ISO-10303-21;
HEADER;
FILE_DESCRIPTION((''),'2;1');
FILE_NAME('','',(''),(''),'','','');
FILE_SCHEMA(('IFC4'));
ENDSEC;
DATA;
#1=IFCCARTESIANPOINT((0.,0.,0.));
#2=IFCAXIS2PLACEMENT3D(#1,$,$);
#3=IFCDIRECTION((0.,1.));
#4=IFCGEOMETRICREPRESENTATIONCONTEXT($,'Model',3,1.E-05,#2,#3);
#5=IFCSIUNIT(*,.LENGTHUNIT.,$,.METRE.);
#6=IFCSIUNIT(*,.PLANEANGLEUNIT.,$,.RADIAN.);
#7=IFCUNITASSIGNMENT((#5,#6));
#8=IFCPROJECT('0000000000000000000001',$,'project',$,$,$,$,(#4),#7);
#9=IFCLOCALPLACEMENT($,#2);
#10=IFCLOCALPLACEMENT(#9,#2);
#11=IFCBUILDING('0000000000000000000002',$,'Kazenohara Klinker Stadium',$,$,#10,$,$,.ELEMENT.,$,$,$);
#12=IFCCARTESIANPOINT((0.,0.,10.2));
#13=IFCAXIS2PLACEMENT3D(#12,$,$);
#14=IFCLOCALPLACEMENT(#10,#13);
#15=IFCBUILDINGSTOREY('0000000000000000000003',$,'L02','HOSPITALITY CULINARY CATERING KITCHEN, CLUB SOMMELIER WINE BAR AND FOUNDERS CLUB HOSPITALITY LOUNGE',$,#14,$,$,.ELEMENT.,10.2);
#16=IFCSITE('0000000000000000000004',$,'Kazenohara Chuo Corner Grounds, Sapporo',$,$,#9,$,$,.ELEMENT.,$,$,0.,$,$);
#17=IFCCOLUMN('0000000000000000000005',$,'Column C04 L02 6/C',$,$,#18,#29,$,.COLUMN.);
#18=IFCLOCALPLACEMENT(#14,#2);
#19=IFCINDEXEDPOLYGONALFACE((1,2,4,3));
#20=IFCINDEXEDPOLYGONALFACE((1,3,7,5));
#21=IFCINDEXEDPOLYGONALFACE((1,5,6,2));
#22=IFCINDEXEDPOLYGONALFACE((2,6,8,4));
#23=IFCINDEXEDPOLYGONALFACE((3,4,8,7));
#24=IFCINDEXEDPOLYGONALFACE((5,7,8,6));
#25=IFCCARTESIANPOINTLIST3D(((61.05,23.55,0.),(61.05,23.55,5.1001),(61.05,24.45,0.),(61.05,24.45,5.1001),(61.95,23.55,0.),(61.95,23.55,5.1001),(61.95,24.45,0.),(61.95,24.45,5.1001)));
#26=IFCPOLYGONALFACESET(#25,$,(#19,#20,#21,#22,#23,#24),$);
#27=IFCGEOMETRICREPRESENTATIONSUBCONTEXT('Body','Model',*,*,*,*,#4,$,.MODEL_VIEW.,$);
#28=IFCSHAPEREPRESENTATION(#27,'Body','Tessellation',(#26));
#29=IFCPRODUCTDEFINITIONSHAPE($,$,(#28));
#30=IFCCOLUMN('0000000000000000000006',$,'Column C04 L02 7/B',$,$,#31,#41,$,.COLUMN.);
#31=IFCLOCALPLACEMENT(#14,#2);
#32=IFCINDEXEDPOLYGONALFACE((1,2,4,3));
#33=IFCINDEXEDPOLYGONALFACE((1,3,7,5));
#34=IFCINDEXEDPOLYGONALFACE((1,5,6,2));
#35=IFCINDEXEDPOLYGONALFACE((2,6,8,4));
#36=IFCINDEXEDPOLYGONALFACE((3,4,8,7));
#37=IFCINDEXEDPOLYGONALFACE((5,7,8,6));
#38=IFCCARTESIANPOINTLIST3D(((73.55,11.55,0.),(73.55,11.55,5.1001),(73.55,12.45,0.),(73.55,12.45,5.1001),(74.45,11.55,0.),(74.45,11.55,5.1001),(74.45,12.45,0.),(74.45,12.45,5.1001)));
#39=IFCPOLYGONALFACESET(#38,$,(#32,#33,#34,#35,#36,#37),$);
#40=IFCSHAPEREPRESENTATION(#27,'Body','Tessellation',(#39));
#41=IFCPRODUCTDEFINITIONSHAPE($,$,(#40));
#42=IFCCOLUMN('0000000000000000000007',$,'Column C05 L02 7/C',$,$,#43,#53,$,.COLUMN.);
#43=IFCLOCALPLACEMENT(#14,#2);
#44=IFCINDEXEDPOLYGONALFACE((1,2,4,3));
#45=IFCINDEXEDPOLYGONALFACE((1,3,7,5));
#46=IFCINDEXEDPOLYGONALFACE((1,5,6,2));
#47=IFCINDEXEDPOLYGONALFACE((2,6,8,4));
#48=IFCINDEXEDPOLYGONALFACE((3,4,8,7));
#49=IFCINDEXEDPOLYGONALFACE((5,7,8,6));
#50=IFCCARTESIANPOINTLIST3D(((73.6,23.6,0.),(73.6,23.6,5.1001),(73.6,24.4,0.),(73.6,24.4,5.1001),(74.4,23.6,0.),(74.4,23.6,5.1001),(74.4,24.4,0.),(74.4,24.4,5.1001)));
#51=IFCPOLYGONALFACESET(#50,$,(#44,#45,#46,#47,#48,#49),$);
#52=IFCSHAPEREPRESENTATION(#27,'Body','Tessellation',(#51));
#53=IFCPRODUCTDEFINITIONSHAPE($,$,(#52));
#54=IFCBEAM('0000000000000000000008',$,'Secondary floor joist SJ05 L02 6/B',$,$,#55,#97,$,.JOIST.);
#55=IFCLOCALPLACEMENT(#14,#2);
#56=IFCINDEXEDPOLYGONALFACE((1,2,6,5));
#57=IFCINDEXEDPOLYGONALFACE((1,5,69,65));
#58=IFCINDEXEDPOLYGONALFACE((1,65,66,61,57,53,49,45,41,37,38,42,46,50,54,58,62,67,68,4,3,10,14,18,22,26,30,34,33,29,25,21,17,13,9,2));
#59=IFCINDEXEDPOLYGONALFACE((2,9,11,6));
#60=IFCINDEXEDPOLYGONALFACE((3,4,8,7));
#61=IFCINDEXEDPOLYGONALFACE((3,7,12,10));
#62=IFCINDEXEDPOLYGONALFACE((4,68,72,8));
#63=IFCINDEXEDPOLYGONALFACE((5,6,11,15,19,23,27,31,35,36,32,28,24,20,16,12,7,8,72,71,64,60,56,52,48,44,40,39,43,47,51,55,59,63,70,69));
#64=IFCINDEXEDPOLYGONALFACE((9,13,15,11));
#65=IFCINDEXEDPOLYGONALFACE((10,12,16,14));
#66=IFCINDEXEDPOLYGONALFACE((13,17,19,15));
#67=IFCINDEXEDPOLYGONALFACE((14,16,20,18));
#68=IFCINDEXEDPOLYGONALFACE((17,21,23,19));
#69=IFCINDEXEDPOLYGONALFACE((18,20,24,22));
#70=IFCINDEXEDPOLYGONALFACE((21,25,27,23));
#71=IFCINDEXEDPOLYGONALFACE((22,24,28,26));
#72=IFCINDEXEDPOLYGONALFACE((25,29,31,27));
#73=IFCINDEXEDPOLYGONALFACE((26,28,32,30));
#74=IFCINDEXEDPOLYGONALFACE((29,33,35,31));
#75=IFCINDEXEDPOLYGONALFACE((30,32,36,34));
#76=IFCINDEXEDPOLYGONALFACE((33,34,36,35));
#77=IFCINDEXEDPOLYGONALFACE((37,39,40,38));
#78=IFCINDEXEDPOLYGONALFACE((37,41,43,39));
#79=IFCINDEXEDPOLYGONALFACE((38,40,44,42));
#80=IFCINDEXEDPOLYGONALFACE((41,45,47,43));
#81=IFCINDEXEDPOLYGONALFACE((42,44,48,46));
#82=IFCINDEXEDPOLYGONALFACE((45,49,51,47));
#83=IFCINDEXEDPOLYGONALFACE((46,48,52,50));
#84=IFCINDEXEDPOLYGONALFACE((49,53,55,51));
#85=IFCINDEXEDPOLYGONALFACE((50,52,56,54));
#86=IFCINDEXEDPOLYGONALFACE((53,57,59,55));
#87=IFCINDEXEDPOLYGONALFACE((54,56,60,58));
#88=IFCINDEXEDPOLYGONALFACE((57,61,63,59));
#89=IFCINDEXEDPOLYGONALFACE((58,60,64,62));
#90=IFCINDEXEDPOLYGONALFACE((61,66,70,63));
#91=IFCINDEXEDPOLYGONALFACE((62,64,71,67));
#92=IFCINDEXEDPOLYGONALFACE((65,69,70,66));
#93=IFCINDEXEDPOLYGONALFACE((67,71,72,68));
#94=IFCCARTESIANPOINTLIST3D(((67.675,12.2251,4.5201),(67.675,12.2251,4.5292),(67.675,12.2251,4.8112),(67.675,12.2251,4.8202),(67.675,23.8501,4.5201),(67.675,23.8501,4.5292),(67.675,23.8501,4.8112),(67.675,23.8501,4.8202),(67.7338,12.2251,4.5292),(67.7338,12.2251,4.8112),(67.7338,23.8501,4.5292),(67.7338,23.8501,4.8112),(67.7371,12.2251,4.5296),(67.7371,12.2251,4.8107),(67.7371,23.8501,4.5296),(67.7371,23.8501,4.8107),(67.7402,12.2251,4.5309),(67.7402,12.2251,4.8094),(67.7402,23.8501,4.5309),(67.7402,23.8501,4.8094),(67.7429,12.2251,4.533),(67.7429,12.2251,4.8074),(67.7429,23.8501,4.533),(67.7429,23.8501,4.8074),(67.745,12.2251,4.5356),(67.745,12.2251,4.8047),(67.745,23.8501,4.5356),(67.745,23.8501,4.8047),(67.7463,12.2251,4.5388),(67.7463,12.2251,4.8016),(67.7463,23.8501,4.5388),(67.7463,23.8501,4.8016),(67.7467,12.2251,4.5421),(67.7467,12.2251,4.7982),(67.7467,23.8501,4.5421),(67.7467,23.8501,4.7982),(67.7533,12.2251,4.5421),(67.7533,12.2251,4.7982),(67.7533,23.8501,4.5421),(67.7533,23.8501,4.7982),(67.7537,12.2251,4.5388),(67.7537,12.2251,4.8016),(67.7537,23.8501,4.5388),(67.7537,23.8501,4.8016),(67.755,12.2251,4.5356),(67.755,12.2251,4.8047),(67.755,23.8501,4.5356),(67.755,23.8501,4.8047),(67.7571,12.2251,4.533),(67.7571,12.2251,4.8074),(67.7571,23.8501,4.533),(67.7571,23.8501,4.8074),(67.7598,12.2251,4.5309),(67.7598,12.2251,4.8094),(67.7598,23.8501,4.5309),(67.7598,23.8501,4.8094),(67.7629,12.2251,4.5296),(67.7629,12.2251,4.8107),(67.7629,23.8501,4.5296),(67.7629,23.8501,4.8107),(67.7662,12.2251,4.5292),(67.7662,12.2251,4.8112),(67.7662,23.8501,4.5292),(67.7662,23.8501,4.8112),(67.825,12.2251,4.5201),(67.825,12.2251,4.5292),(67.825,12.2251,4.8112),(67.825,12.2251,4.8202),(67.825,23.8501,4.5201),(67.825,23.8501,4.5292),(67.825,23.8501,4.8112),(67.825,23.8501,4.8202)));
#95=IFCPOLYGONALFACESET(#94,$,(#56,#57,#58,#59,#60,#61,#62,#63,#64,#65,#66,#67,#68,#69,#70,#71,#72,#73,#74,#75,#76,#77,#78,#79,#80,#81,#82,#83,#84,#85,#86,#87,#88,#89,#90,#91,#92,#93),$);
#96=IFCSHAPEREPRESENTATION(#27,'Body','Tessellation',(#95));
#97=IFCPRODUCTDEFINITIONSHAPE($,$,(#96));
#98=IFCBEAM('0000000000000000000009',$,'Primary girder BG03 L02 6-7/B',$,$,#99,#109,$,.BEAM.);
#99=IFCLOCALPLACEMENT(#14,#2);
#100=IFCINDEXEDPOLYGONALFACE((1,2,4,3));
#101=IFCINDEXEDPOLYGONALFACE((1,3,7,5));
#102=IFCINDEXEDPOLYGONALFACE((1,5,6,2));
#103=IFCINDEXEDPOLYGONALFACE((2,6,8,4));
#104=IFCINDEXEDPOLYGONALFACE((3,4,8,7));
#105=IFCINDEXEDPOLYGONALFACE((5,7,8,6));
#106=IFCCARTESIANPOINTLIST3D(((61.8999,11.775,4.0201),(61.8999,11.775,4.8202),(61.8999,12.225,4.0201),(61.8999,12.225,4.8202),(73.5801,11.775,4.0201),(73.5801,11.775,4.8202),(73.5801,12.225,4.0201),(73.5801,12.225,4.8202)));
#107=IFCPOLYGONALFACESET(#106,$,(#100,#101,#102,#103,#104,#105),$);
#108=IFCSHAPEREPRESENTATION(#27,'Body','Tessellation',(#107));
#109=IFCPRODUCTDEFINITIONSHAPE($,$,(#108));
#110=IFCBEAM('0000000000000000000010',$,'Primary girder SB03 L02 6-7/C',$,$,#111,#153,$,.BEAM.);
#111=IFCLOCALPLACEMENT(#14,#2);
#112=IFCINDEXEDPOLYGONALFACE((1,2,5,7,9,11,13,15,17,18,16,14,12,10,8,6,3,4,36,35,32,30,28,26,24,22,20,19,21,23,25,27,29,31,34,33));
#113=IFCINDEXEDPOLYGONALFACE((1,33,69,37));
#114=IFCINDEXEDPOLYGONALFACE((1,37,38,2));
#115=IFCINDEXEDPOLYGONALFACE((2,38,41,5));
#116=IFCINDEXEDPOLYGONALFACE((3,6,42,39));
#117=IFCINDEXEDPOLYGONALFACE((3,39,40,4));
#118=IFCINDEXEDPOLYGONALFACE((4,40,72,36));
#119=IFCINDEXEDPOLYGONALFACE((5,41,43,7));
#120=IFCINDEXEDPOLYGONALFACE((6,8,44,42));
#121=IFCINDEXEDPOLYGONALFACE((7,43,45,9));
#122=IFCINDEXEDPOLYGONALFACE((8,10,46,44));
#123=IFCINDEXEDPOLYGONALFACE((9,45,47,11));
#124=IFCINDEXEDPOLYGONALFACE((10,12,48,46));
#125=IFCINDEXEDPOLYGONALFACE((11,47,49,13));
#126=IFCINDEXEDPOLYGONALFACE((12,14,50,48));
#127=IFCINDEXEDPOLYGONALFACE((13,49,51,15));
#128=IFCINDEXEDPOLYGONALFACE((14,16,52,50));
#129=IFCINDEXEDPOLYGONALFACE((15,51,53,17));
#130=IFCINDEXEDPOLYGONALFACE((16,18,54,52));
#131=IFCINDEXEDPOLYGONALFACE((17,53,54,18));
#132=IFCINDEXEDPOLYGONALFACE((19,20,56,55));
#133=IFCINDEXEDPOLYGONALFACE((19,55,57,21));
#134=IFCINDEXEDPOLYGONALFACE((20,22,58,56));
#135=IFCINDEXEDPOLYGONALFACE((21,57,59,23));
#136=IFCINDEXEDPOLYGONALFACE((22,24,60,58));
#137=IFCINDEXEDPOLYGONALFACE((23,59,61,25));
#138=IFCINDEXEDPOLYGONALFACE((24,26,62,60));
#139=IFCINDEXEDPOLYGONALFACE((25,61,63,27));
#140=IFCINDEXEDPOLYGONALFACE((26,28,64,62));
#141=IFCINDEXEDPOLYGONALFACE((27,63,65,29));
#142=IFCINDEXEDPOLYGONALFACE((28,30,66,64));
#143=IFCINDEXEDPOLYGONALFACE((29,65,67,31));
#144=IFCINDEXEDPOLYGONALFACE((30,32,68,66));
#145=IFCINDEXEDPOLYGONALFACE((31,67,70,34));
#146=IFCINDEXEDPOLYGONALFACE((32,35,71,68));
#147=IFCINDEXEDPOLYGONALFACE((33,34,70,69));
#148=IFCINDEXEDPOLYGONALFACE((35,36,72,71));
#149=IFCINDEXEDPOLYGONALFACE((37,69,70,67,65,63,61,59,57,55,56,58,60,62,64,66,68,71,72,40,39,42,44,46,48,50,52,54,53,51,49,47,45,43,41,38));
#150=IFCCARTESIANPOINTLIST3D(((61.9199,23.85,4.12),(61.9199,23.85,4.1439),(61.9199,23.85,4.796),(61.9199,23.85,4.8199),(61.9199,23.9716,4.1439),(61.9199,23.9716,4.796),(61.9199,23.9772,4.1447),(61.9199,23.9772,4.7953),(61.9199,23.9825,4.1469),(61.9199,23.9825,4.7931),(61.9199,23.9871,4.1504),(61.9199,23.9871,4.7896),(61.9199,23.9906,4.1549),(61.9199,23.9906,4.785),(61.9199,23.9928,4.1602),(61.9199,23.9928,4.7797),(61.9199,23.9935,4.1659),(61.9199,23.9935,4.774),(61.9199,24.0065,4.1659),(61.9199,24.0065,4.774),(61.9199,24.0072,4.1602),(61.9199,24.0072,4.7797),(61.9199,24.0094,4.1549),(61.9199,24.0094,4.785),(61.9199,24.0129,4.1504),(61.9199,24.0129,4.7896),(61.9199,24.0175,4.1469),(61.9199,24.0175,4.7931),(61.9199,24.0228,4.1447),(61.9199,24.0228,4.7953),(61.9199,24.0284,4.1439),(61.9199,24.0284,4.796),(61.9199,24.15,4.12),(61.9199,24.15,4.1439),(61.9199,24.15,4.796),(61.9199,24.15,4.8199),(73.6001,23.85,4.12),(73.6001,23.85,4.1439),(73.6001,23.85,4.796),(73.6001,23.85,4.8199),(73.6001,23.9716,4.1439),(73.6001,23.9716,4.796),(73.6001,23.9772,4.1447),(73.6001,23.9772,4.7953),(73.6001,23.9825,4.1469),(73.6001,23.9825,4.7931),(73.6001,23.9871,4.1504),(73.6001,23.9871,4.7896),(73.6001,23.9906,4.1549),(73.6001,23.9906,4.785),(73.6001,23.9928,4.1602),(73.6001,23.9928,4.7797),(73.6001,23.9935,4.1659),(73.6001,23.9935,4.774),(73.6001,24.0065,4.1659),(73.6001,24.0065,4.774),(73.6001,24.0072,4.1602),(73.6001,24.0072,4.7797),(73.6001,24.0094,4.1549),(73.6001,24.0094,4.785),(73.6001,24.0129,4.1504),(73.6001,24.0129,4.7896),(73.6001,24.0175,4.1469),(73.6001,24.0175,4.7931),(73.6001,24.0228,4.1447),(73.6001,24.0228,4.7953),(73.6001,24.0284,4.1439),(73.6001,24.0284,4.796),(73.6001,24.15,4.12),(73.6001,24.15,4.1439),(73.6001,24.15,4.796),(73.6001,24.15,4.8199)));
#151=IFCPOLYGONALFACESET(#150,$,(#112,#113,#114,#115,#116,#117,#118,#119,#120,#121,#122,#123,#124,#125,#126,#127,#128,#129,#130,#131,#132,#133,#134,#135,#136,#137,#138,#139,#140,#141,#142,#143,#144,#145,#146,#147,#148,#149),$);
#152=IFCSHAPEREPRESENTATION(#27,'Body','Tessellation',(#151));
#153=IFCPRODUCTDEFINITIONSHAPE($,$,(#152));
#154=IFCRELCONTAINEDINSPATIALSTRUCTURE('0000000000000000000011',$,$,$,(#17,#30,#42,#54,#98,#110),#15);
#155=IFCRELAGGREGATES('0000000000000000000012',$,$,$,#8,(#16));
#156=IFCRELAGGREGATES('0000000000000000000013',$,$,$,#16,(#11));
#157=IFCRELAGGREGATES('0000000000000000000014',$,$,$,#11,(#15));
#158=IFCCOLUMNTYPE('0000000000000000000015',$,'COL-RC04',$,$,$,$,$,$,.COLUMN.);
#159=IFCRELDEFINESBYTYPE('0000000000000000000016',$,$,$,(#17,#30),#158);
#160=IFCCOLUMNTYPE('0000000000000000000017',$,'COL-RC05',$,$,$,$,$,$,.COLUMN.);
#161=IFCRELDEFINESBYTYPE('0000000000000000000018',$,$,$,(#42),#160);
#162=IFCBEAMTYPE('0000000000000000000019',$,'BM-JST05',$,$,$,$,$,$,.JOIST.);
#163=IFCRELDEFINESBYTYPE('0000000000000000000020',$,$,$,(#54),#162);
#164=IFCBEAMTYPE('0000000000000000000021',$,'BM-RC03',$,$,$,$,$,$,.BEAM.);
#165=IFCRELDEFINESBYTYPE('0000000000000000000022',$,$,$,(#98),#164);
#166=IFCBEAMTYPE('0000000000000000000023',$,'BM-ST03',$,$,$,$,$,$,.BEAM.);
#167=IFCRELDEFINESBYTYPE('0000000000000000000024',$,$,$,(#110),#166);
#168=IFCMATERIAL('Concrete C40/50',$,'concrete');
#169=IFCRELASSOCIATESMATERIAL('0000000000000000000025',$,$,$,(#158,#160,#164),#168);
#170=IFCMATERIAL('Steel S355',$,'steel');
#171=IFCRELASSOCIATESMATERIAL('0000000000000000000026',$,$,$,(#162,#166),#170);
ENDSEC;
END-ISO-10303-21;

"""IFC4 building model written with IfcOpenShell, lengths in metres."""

from ifc_helpers import new_model, si_unit, direction, frame, origin, origin_2d, place, context, subcontext, project, spatial, rectangle, i_section, extrude, material, material_profile, profile_set, type_object, element, save


model = new_model("IFC4")

# Units and contexts
model_context = context("Model", 3, precision=1e-05, world=origin(), true_north=direction((0.0, 1.0)))
body_context = subcontext(model_context, "Body", "Model", "MODEL_VIEW")
ifc_project = project(units=[si_unit("LENGTHUNIT", "METRE"), si_unit("PLANEANGLEUNIT", "RADIAN")], contexts=[model_context])

# Site, building, storey
site_placement = place(None, origin())
site = spatial("IfcSite", under=ifc_project, at=site_placement, Name="Kazenohara Chuo Corner Grounds, Sapporo", CompositionType="ELEMENT", RefElevation=0.0)
building_placement = place(site_placement, origin())
building = spatial("IfcBuilding", under=site, at=building_placement, Name="Kazenohara Klinker Stadium", CompositionType="ELEMENT")
storey_placement = place(building_placement, frame((0.0, 0.0, 10.2)))
storey = spatial("IfcBuildingStorey", under=building, at=storey_placement, Name="L02", Description="HOSPITALITY CULINARY CATERING KITCHEN, CLUB SOMMELIER WINE BAR AND FOUNDERS CLUB HOSPITALITY LOUNGE", CompositionType="ELEMENT", Elevation=10.2)

# Columns
ifc_material_1 = material(Name="Concrete C40/50", Category="concrete")
ifc_material_profile_1 = material_profile(ifc_material_1, rectangle(XDim=0.8999, YDim=0.8999, at=origin_2d()), Name="RC-COL-900x900")
ifc_profile_set_1 = profile_set([ifc_material_profile_1], Name="Concrete C40/50")
column_type_1 = type_object("IfcColumnType", Name="COL-RC04", PredefinedType="COLUMN", material=ifc_profile_set_1)
for number, where, z_axis, x_axis, name in (
    (1, (61.5, 24.0, 0.0), (0.0, 0.0, 1.0), (1.0, 0.0, 0.0), "Column C04 L02 6/C"),
    (2, (74.0, 12.0, 0.0), (0.0, 0.0, 1.0), (1.0, 0.0, 0.0), "Column C04 L02 7/B"),
):
    element("IfcColumn", number, at=place(storey_placement, frame(where, z_axis=z_axis, x_axis=x_axis)), inside=storey, type_object=column_type_1, Name=name, PredefinedType="COLUMN", context=body_context, shape_type="SweptSolid", body=[
        extrude(rectangle(XDim=0.8999, YDim=0.8999, at=origin_2d()), origin(), (0.0, 0.0, 1.0), 5.1001),
    ])
ifc_material_profile_2 = material_profile(ifc_material_1, rectangle(XDim=0.8, YDim=0.8, at=origin_2d()), Name="RC-COL-800x800")
ifc_profile_set_2 = profile_set([ifc_material_profile_2], Name="Concrete C40/50")
column_type_2 = type_object("IfcColumnType", Name="COL-RC05", PredefinedType="COLUMN", material=ifc_profile_set_2)
column_placement = place(storey_placement, frame((74.0, 24.0, 0.0), z_axis=(0.0, 0.0, 1.0), x_axis=(1.0, 0.0, 0.0)))
element("IfcColumn", 3, at=column_placement, inside=storey, type_object=column_type_2, Name="Column C05 L02 7/C", PredefinedType="COLUMN", context=body_context, shape_type="SweptSolid", body=[
    extrude(rectangle(XDim=0.8, YDim=0.8, at=origin_2d()), origin(), (0.0, 0.0, 1.0), 5.1001),
])

# Beams
ifc_material_2 = material(Name="Steel S355", Category="steel")
ifc_material_profile_3 = material_profile(ifc_material_2, i_section(OverallWidth=0.1499, OverallDepth=0.3, WebThickness=0.0066, FlangeThickness=0.009, FilletRadius=0.0129, at=origin_2d()), Name="H-300x150x6.5x9")
ifc_profile_set_3 = profile_set([ifc_material_profile_3], Name="Steel S355")
beam_type_1 = type_object("IfcBeamType", Name="BM-JST05", PredefinedType="JOIST", material=ifc_profile_set_3)
beam_1_placement = place(storey_placement, frame((67.75, 12.2251, 4.6702), z_axis=(0.0, 1.0, 0.0), x_axis=(-1.0, 0.0, 0.0)))
element("IfcBeam", 4, at=beam_1_placement, inside=storey, type_object=beam_type_1, Name="Secondary floor joist SJ05 L02 6/B", PredefinedType="JOIST", context=body_context, shape_type="SweptSolid", body=[
    extrude(i_section(OverallWidth=0.1499, OverallDepth=0.3, WebThickness=0.0066, FlangeThickness=0.009, FilletRadius=0.0129, at=origin_2d()), origin(), (0.0, 0.0, 1.0), 11.625),
])
ifc_material_profile_4 = material_profile(ifc_material_1, rectangle(XDim=0.45, YDim=0.8, at=origin_2d()), Name="RC-BM-450x800")
ifc_profile_set_4 = profile_set([ifc_material_profile_4], Name="Concrete C40/50")
beam_type_2 = type_object("IfcBeamType", Name="BM-RC03", PredefinedType="BEAM", material=ifc_profile_set_4)
beam_2_placement = place(storey_placement, frame((61.8999, 12.0, 4.4202), z_axis=(1.0, 0.0, 0.0), x_axis=(0.0, 1.0, 0.0)))
element("IfcBeam", 5, at=beam_2_placement, inside=storey, type_object=beam_type_2, Name="Primary girder BG03 L02 6-7/B", PredefinedType="BEAM", context=body_context, shape_type="SweptSolid", body=[
    extrude(rectangle(XDim=0.45, YDim=0.8, at=origin_2d()), origin(), (0.0, 0.0, 1.0), 11.6802),
])
ifc_material_profile_5 = material_profile(ifc_material_2, i_section(OverallWidth=0.3, OverallDepth=0.7, WebThickness=0.0129, FlangeThickness=0.0239, FilletRadius=0.022, at=origin_2d()), Name="H-700x300x13x24")
ifc_profile_set_5 = profile_set([ifc_material_profile_5], Name="Steel S355")
beam_type_3 = type_object("IfcBeamType", Name="BM-ST03", PredefinedType="BEAM", material=ifc_profile_set_5)
beam_3_placement = place(storey_placement, frame((61.9199, 24.0, 4.47), z_axis=(1.0, 0.0, 0.0), x_axis=(0.0, 1.0, 0.0)))
element("IfcBeam", 6, at=beam_3_placement, inside=storey, type_object=beam_type_3, Name="Primary girder SB03 L02 6-7/C", PredefinedType="BEAM", context=body_context, shape_type="SweptSolid", body=[
    extrude(i_section(OverallWidth=0.3, OverallDepth=0.7, WebThickness=0.0129, FlangeThickness=0.0239, FilletRadius=0.022, at=origin_2d()), origin(), (0.0, 0.0, 1.0), 11.6802),
])

save(model, "model.ifc")
